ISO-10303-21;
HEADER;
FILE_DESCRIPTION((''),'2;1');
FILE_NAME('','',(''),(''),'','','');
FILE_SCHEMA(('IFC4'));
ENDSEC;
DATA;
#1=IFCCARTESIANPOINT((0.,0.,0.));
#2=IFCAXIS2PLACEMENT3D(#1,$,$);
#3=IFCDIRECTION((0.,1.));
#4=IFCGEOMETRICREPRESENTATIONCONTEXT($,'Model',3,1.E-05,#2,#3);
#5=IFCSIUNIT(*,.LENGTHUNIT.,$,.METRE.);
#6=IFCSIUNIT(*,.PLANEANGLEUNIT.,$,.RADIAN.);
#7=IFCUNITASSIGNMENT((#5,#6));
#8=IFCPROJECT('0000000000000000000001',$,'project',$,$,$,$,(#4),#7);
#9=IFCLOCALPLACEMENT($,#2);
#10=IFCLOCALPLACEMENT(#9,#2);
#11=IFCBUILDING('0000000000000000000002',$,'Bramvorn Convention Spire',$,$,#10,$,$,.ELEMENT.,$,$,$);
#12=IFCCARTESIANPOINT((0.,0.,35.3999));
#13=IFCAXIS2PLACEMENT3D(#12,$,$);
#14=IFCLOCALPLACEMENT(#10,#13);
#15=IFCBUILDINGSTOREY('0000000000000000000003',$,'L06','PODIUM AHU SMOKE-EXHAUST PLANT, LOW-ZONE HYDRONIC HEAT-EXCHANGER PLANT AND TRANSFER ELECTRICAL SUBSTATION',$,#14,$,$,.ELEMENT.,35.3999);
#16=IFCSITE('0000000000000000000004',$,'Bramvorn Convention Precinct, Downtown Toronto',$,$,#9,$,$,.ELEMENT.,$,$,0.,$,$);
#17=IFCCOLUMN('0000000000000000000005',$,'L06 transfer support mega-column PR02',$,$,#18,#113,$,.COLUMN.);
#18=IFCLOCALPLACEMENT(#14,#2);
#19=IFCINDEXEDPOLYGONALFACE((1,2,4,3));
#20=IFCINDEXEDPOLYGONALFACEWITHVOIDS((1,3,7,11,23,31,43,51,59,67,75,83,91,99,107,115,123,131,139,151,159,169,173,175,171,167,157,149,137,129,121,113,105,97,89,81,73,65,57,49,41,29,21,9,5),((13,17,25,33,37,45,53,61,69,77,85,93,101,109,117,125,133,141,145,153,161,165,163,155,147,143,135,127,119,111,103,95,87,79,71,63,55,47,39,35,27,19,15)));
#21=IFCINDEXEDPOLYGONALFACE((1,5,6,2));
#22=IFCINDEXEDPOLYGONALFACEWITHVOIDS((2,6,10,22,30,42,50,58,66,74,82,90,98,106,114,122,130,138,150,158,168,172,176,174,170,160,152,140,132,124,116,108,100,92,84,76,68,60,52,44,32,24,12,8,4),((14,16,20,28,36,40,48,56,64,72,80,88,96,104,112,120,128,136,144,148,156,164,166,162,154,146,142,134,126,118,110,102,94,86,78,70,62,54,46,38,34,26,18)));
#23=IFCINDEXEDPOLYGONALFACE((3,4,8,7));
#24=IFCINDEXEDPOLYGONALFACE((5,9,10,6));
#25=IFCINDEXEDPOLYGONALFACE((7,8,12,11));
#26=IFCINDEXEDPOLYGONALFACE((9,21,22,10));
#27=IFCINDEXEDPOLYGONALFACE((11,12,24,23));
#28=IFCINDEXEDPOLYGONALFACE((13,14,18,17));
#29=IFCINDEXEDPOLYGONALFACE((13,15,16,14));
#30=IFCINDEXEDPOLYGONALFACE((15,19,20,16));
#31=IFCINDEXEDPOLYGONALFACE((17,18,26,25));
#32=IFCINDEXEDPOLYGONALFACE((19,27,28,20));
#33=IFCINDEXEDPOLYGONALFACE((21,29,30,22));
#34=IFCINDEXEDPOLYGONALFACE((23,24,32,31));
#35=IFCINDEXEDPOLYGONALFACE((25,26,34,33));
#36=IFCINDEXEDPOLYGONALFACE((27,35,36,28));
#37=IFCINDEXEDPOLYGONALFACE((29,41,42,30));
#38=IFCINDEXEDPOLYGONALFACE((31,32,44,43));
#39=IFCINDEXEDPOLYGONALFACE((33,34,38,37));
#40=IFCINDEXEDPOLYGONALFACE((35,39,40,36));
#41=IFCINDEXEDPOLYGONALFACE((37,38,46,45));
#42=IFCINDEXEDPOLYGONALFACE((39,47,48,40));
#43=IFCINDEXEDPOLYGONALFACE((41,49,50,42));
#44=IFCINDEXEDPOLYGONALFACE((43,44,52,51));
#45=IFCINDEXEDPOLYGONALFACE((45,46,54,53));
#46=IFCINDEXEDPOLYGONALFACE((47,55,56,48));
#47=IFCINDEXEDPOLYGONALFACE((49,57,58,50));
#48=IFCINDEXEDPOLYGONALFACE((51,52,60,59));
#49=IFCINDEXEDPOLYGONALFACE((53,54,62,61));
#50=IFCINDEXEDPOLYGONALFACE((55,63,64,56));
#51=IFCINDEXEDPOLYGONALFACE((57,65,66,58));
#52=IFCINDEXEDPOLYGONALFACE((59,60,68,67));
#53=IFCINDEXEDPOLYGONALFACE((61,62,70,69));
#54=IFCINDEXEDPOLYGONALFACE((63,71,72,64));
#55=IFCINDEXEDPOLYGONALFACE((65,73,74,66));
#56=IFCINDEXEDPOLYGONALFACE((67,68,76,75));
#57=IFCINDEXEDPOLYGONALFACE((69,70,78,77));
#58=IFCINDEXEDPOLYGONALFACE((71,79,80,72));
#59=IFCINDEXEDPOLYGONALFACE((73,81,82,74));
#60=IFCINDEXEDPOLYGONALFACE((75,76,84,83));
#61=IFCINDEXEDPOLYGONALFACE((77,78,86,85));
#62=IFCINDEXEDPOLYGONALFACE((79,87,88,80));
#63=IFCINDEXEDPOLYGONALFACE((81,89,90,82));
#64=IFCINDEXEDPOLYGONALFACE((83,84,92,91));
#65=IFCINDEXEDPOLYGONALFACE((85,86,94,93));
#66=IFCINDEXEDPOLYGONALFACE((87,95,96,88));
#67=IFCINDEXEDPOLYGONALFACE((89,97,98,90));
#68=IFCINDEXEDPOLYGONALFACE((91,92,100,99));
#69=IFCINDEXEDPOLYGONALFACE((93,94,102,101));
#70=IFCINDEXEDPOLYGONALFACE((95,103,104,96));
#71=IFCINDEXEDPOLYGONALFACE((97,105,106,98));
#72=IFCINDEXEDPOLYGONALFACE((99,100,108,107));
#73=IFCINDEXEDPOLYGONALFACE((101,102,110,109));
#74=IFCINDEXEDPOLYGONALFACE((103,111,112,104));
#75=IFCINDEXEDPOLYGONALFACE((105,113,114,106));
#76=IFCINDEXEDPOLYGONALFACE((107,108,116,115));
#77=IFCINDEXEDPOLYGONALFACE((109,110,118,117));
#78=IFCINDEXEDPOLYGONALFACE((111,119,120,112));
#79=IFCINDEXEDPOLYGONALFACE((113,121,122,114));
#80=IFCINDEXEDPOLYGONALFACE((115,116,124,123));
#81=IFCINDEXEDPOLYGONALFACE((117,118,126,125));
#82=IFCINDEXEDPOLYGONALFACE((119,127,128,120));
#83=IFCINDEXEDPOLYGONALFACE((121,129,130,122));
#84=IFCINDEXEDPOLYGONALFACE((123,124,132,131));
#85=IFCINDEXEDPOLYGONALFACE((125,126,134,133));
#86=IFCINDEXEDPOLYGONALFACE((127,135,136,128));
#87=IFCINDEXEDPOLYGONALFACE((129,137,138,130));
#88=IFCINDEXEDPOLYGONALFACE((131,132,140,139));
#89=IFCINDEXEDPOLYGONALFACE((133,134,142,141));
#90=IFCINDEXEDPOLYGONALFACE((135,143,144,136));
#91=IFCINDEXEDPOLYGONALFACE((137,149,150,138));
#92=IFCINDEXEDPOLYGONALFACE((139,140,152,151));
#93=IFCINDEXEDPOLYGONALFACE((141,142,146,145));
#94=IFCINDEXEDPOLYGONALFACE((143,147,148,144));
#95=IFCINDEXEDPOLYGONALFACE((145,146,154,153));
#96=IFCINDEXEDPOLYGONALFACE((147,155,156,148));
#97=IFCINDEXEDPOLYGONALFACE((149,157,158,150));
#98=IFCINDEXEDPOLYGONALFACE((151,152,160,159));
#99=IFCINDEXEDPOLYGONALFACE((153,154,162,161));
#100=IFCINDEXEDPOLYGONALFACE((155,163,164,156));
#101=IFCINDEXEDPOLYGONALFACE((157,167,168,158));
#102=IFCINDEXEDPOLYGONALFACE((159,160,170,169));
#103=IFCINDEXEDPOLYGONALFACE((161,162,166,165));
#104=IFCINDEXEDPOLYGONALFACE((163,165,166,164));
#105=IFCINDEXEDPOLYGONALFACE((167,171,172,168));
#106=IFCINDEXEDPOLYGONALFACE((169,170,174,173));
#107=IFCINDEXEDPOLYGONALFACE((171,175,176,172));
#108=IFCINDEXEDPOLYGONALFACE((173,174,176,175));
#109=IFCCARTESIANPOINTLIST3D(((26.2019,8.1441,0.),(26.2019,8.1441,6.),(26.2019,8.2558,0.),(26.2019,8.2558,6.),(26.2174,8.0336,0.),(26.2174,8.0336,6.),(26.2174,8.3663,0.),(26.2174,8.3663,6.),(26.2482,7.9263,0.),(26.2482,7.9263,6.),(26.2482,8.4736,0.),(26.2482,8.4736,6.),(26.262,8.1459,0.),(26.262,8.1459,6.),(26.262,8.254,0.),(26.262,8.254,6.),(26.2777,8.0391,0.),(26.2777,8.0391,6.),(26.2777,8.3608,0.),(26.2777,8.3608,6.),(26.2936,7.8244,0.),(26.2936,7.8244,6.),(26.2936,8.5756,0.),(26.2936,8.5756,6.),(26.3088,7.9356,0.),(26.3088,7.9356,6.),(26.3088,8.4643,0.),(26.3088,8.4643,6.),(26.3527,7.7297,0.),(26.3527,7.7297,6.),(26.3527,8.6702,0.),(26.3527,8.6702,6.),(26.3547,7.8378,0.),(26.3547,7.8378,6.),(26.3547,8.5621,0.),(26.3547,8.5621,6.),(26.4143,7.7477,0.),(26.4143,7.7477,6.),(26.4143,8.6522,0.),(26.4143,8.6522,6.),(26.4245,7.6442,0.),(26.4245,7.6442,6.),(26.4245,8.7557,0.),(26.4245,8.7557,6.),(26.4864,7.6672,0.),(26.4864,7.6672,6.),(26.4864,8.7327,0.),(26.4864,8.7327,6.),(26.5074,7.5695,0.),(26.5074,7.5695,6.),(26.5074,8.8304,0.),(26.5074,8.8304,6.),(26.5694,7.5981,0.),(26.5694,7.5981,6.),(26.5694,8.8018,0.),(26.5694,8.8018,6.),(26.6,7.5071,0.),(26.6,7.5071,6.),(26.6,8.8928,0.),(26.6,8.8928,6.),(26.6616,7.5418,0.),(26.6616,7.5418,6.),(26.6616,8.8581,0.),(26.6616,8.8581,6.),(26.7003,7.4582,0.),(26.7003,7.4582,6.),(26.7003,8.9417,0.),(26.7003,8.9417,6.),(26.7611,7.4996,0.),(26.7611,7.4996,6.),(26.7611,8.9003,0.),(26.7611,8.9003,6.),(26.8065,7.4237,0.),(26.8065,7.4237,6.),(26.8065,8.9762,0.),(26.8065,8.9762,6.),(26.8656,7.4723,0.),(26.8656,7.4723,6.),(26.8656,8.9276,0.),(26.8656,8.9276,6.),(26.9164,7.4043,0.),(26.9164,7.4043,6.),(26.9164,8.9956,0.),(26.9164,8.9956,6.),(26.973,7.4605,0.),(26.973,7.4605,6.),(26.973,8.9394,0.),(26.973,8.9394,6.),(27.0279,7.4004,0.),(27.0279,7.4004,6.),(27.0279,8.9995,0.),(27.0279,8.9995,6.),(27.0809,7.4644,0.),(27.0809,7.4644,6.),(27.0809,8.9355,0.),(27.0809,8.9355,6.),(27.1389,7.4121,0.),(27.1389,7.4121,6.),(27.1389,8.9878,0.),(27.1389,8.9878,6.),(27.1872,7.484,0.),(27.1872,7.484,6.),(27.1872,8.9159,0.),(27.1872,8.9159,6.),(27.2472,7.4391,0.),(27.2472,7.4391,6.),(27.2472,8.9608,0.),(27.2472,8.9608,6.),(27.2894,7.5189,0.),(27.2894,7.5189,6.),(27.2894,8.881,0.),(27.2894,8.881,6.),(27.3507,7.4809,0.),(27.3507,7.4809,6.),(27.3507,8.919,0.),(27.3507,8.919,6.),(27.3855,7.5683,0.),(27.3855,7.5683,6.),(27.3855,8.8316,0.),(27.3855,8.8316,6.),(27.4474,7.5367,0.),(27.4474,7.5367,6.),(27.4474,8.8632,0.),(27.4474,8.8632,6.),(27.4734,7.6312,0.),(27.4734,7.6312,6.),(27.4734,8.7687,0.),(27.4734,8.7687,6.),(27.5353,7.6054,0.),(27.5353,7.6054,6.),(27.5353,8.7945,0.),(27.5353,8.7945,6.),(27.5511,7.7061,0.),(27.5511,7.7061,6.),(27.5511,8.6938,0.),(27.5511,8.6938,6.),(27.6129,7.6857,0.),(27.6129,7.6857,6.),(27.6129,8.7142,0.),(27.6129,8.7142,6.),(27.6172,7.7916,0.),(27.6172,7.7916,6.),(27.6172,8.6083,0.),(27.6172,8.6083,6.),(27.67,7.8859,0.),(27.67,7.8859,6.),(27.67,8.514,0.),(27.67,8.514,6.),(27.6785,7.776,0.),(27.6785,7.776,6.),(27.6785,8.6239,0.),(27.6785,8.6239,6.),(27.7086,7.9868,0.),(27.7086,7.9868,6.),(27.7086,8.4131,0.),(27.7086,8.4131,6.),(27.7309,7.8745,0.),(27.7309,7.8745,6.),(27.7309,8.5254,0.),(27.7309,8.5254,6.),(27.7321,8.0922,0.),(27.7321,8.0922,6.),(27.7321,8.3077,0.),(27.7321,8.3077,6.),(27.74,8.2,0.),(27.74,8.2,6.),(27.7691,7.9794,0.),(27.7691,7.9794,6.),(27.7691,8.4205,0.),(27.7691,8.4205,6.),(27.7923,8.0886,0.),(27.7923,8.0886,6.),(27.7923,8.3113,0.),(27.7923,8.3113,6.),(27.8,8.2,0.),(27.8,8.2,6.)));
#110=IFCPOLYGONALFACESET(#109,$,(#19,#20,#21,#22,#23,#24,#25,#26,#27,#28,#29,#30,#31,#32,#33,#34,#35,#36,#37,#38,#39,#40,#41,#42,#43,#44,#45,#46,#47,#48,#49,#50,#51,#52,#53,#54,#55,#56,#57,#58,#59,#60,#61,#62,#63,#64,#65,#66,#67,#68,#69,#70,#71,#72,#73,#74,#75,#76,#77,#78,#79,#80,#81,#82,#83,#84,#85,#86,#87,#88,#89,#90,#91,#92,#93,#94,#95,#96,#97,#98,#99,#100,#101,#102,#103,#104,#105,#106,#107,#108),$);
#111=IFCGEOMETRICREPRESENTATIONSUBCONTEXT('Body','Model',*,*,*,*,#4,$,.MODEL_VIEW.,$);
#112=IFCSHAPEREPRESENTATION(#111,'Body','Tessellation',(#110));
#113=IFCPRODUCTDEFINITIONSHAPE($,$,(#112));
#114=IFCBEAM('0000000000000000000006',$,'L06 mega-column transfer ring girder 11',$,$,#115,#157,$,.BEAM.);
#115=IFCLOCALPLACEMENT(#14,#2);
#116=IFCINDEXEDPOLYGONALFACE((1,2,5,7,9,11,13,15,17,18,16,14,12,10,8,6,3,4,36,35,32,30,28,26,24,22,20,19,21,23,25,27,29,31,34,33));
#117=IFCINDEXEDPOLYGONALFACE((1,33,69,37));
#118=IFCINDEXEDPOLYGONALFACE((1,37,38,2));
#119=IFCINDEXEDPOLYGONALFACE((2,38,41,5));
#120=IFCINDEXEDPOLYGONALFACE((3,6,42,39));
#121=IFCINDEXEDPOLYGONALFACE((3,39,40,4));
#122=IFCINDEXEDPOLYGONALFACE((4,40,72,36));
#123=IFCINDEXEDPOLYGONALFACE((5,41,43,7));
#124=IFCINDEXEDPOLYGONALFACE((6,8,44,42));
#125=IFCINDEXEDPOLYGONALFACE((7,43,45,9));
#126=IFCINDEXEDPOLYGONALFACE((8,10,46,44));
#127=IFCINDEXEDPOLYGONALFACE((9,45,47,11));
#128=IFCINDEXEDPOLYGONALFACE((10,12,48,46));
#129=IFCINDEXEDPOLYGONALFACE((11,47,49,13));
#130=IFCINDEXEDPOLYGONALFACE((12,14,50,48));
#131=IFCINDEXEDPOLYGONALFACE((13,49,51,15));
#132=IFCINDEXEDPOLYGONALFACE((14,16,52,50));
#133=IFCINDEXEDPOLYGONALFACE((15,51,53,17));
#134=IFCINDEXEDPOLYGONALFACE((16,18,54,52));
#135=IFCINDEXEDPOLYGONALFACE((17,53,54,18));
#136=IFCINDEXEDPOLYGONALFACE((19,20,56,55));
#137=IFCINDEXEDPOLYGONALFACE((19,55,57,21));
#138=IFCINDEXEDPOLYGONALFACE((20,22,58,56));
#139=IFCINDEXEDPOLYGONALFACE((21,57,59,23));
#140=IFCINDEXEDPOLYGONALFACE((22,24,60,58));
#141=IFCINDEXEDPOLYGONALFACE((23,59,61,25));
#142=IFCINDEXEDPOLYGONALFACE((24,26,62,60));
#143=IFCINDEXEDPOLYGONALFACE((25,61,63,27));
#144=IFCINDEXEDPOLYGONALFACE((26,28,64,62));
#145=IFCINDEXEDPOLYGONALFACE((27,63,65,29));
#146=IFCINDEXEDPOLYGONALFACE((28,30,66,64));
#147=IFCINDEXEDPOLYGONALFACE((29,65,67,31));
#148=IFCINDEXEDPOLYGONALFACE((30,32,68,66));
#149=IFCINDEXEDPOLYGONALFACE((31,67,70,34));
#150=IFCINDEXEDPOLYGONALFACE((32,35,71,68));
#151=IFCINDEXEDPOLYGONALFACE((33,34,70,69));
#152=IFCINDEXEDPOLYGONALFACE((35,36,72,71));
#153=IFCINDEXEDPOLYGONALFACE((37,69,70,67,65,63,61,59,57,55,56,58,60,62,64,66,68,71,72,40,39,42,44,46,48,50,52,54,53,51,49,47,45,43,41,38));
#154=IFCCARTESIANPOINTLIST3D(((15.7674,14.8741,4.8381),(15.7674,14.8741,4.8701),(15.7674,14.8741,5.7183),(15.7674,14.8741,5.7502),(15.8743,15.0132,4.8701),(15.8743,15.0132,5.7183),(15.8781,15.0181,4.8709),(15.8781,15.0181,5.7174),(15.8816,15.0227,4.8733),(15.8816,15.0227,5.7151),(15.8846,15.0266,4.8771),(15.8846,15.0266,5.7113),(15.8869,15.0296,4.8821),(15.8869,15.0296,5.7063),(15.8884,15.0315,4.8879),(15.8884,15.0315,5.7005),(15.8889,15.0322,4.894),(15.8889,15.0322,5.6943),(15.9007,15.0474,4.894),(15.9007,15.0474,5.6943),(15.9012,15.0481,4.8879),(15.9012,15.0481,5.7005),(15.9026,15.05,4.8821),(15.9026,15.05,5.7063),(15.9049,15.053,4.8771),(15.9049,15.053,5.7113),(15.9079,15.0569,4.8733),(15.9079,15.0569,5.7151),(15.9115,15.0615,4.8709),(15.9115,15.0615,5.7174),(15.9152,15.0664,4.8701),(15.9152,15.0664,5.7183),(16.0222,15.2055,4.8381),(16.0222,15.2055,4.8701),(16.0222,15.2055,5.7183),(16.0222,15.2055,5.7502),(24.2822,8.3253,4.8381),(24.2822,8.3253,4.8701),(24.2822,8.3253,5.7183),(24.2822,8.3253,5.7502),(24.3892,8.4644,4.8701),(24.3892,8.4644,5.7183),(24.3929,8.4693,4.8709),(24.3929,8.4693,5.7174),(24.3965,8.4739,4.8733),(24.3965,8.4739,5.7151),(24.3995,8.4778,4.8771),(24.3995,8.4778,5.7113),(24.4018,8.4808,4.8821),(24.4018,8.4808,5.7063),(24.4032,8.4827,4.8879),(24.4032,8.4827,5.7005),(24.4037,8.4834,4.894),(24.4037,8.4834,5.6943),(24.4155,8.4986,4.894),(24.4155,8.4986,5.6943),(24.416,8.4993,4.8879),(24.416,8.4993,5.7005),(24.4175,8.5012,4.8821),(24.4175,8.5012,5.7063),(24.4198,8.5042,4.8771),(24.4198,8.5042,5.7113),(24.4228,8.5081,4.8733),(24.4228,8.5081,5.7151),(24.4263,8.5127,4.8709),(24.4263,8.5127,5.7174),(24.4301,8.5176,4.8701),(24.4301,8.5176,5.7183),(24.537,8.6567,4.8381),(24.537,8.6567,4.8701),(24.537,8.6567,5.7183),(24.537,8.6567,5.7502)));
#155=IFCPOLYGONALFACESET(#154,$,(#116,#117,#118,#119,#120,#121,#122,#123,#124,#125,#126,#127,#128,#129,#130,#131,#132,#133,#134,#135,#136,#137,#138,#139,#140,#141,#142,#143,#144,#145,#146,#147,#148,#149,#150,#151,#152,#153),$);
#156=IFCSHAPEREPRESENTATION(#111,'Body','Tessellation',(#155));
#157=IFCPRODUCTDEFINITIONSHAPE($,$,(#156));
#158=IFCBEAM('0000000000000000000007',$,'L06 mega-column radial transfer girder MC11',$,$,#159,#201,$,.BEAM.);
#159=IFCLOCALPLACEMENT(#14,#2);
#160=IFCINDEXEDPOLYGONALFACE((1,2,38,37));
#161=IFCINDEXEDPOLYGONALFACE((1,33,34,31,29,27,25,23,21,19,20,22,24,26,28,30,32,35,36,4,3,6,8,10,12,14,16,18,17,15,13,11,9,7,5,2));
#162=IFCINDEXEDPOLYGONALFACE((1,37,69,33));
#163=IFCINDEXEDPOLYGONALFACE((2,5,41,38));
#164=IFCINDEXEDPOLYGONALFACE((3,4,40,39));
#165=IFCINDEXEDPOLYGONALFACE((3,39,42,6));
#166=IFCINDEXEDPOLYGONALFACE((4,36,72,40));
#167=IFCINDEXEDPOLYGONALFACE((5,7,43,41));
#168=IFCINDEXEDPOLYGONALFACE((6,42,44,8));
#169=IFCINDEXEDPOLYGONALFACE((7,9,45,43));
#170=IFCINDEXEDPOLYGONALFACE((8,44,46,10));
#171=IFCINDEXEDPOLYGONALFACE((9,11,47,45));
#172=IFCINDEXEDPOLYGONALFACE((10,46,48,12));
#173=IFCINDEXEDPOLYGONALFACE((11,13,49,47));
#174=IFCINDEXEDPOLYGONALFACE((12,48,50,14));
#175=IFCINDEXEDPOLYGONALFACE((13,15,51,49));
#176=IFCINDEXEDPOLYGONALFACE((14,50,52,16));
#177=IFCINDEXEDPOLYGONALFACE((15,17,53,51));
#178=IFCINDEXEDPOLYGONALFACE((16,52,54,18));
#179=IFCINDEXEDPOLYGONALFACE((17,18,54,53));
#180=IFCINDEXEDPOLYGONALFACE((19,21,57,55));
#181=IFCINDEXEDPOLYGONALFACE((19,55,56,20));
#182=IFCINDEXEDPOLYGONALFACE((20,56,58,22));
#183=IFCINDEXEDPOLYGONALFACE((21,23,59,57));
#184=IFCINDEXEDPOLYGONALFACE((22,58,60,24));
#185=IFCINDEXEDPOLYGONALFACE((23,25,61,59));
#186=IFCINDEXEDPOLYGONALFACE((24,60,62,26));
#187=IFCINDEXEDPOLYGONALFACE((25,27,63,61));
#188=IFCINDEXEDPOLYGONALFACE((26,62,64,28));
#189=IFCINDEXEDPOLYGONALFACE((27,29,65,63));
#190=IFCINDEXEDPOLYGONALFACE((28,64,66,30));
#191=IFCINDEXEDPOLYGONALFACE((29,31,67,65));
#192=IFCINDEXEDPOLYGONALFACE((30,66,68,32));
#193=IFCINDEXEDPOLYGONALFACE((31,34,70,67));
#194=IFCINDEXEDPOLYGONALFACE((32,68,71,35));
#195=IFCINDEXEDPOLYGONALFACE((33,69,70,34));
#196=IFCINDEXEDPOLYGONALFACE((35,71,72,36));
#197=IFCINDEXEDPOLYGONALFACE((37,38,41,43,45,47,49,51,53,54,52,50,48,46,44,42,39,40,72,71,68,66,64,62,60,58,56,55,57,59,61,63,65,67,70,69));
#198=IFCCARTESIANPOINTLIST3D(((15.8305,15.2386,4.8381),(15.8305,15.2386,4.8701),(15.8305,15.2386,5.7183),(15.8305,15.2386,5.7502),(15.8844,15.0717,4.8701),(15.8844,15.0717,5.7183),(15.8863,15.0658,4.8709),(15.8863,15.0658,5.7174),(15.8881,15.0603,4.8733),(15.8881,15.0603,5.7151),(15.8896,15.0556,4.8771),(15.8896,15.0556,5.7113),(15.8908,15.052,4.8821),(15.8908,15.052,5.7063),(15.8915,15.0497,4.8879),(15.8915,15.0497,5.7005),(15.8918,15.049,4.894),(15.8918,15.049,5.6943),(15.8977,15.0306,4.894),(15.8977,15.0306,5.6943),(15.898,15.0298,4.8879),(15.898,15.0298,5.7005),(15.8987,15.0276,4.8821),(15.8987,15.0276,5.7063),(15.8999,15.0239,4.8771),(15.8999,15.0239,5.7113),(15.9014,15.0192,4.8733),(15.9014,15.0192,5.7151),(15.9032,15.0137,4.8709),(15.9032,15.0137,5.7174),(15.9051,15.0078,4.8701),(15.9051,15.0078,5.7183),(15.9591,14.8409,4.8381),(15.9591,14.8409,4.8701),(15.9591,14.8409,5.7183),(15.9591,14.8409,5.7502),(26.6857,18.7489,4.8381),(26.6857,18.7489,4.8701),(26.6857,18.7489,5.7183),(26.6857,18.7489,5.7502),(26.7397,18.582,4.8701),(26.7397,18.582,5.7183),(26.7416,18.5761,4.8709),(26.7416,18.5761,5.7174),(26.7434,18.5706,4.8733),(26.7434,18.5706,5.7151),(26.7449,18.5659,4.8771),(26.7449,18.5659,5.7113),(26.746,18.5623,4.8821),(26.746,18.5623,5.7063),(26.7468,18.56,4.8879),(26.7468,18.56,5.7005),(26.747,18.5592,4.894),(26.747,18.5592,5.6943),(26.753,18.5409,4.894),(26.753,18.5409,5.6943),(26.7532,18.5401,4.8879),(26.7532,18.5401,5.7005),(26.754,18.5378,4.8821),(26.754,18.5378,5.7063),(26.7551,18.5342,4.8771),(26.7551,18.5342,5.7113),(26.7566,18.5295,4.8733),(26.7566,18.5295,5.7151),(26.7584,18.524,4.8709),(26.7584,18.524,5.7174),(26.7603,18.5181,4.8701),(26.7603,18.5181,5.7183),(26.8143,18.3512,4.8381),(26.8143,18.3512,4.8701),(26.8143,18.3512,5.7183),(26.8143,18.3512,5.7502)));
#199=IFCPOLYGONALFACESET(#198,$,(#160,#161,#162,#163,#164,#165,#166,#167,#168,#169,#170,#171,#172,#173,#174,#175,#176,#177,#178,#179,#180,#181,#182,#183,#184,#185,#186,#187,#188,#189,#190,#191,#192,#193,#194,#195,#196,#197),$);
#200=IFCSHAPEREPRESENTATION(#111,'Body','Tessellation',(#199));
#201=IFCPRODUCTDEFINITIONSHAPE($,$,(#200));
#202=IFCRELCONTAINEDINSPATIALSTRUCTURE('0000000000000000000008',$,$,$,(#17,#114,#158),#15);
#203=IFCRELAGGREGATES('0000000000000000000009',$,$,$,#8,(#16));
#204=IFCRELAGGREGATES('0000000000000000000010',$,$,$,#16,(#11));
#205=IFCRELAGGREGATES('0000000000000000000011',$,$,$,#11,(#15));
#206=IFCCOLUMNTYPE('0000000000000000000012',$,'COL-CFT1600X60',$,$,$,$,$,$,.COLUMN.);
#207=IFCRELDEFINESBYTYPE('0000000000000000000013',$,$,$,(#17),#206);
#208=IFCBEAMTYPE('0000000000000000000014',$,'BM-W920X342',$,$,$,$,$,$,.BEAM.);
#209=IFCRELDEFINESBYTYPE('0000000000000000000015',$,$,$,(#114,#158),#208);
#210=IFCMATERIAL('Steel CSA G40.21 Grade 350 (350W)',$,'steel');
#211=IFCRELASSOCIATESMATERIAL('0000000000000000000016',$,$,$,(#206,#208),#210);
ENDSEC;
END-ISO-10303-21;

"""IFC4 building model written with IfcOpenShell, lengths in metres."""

from ifc_helpers import new_model, si_unit, direction, frame, origin, origin_2d, place, context, subcontext, project, spatial, hollow_circle, i_section, extrude, material, material_profile, profile_set, type_object, element, save


model = new_model("IFC4")

# Units and contexts
model_context = context("Model", 3, precision=1e-05, world=origin(), true_north=direction((0.0, 1.0)))
body_context = subcontext(model_context, "Body", "Model", "MODEL_VIEW")
ifc_project = project(units=[si_unit("LENGTHUNIT", "METRE"), si_unit("PLANEANGLEUNIT", "RADIAN")], contexts=[model_context])

# Site, building, storey
site_placement = place(None, origin())
site = spatial("IfcSite", under=ifc_project, at=site_placement, Name="Bramvorn Convention Precinct, Downtown Toronto", CompositionType="ELEMENT", RefElevation=0.0)
building_placement = place(site_placement, origin())
building = spatial("IfcBuilding", under=site, at=building_placement, Name="Bramvorn Convention Spire", CompositionType="ELEMENT")
storey_placement = place(building_placement, frame((0.0, 0.0, 35.3999)))
storey = spatial("IfcBuildingStorey", under=building, at=storey_placement, Name="L06", Description="PODIUM AHU SMOKE-EXHAUST PLANT, LOW-ZONE HYDRONIC HEAT-EXCHANGER PLANT AND TRANSFER ELECTRICAL SUBSTATION", CompositionType="ELEMENT", Elevation=35.3999)

# Column
ifc_material_1 = material(Name="Steel CSA G40.21 Grade 350 (350W)", Category="steel")
ifc_material_profile_1 = material_profile(ifc_material_1, hollow_circle(Radius=0.8, WallThickness=0.0601, at=origin_2d()))
ifc_profile_set_1 = profile_set([ifc_material_profile_1], Name="Steel CSA G40.21 Grade 350 (350W) - CFT1600X60")
column_type = type_object("IfcColumnType", Name="COL-CFT1600X60", PredefinedType="COLUMN", material=ifc_profile_set_1)
column_placement = place(storey_placement, frame((27.0, 8.2, 0.0), z_axis=(0.0, 0.0, 1.0), x_axis=(1.0, 0.0, 0.0)))
element("IfcColumn", 1, at=column_placement, inside=storey, type_object=column_type, Name="L06 transfer support mega-column PR02", PredefinedType="COLUMN", context=body_context, shape_type="SweptSolid", body=[
    extrude(hollow_circle(Radius=0.8, WallThickness=0.0601, at=origin_2d()), origin(), (0.0, 0.0, 1.0), 6.0),
])

# Beams
ifc_material_profile_2 = material_profile(ifc_material_1, i_section(OverallWidth=0.418, OverallDepth=0.9121, WebThickness=0.0193, FlangeThickness=0.032, FilletRadius=0.0239, at=origin_2d()))
ifc_profile_set_2 = profile_set([ifc_material_profile_2], Name="Steel CSA G40.21 Grade 350 (350W) - W920X342")
beam_type = type_object("IfcBeamType", Name="BM-W920X342", PredefinedType="BEAM", material=ifc_profile_set_2)
beam_1_placement = place(storey_placement, frame((15.8948, 15.0398, 5.2942), z_axis=(0.792673, -0.609647, 0.0), x_axis=(0.609647, 0.792673, 0.0)))
element("IfcBeam", 2, at=beam_1_placement, inside=storey, type_object=beam_type, Name="L06 mega-column transfer ring girder 11", PredefinedType="BEAM", context=body_context, shape_type="SweptSolid", body=[
    extrude(i_section(OverallWidth=0.418, OverallDepth=0.9121, WebThickness=0.0193, FlangeThickness=0.032, FilletRadius=0.0239, at=origin_2d()), origin(), (0.0, 0.0, 1.0), 10.7419),
])
beam_2_placement = place(storey_placement, frame((26.75, 18.55, 5.2942), z_axis=(-0.951489, -0.307683, 0.0), x_axis=(0.307683, -0.951489, 0.0)))
element("IfcBeam", 3, at=beam_2_placement, inside=storey, type_object=beam_type, Name="L06 mega-column radial transfer girder MC11", PredefinedType="BEAM", context=body_context, shape_type="SweptSolid", body=[
    extrude(i_section(OverallWidth=0.418, OverallDepth=0.9121, WebThickness=0.0193, FlangeThickness=0.032, FilletRadius=0.0239, at=origin_2d()), origin(), (0.0, 0.0, 1.0), 11.4087),
])

save(model, "model.ifc")
